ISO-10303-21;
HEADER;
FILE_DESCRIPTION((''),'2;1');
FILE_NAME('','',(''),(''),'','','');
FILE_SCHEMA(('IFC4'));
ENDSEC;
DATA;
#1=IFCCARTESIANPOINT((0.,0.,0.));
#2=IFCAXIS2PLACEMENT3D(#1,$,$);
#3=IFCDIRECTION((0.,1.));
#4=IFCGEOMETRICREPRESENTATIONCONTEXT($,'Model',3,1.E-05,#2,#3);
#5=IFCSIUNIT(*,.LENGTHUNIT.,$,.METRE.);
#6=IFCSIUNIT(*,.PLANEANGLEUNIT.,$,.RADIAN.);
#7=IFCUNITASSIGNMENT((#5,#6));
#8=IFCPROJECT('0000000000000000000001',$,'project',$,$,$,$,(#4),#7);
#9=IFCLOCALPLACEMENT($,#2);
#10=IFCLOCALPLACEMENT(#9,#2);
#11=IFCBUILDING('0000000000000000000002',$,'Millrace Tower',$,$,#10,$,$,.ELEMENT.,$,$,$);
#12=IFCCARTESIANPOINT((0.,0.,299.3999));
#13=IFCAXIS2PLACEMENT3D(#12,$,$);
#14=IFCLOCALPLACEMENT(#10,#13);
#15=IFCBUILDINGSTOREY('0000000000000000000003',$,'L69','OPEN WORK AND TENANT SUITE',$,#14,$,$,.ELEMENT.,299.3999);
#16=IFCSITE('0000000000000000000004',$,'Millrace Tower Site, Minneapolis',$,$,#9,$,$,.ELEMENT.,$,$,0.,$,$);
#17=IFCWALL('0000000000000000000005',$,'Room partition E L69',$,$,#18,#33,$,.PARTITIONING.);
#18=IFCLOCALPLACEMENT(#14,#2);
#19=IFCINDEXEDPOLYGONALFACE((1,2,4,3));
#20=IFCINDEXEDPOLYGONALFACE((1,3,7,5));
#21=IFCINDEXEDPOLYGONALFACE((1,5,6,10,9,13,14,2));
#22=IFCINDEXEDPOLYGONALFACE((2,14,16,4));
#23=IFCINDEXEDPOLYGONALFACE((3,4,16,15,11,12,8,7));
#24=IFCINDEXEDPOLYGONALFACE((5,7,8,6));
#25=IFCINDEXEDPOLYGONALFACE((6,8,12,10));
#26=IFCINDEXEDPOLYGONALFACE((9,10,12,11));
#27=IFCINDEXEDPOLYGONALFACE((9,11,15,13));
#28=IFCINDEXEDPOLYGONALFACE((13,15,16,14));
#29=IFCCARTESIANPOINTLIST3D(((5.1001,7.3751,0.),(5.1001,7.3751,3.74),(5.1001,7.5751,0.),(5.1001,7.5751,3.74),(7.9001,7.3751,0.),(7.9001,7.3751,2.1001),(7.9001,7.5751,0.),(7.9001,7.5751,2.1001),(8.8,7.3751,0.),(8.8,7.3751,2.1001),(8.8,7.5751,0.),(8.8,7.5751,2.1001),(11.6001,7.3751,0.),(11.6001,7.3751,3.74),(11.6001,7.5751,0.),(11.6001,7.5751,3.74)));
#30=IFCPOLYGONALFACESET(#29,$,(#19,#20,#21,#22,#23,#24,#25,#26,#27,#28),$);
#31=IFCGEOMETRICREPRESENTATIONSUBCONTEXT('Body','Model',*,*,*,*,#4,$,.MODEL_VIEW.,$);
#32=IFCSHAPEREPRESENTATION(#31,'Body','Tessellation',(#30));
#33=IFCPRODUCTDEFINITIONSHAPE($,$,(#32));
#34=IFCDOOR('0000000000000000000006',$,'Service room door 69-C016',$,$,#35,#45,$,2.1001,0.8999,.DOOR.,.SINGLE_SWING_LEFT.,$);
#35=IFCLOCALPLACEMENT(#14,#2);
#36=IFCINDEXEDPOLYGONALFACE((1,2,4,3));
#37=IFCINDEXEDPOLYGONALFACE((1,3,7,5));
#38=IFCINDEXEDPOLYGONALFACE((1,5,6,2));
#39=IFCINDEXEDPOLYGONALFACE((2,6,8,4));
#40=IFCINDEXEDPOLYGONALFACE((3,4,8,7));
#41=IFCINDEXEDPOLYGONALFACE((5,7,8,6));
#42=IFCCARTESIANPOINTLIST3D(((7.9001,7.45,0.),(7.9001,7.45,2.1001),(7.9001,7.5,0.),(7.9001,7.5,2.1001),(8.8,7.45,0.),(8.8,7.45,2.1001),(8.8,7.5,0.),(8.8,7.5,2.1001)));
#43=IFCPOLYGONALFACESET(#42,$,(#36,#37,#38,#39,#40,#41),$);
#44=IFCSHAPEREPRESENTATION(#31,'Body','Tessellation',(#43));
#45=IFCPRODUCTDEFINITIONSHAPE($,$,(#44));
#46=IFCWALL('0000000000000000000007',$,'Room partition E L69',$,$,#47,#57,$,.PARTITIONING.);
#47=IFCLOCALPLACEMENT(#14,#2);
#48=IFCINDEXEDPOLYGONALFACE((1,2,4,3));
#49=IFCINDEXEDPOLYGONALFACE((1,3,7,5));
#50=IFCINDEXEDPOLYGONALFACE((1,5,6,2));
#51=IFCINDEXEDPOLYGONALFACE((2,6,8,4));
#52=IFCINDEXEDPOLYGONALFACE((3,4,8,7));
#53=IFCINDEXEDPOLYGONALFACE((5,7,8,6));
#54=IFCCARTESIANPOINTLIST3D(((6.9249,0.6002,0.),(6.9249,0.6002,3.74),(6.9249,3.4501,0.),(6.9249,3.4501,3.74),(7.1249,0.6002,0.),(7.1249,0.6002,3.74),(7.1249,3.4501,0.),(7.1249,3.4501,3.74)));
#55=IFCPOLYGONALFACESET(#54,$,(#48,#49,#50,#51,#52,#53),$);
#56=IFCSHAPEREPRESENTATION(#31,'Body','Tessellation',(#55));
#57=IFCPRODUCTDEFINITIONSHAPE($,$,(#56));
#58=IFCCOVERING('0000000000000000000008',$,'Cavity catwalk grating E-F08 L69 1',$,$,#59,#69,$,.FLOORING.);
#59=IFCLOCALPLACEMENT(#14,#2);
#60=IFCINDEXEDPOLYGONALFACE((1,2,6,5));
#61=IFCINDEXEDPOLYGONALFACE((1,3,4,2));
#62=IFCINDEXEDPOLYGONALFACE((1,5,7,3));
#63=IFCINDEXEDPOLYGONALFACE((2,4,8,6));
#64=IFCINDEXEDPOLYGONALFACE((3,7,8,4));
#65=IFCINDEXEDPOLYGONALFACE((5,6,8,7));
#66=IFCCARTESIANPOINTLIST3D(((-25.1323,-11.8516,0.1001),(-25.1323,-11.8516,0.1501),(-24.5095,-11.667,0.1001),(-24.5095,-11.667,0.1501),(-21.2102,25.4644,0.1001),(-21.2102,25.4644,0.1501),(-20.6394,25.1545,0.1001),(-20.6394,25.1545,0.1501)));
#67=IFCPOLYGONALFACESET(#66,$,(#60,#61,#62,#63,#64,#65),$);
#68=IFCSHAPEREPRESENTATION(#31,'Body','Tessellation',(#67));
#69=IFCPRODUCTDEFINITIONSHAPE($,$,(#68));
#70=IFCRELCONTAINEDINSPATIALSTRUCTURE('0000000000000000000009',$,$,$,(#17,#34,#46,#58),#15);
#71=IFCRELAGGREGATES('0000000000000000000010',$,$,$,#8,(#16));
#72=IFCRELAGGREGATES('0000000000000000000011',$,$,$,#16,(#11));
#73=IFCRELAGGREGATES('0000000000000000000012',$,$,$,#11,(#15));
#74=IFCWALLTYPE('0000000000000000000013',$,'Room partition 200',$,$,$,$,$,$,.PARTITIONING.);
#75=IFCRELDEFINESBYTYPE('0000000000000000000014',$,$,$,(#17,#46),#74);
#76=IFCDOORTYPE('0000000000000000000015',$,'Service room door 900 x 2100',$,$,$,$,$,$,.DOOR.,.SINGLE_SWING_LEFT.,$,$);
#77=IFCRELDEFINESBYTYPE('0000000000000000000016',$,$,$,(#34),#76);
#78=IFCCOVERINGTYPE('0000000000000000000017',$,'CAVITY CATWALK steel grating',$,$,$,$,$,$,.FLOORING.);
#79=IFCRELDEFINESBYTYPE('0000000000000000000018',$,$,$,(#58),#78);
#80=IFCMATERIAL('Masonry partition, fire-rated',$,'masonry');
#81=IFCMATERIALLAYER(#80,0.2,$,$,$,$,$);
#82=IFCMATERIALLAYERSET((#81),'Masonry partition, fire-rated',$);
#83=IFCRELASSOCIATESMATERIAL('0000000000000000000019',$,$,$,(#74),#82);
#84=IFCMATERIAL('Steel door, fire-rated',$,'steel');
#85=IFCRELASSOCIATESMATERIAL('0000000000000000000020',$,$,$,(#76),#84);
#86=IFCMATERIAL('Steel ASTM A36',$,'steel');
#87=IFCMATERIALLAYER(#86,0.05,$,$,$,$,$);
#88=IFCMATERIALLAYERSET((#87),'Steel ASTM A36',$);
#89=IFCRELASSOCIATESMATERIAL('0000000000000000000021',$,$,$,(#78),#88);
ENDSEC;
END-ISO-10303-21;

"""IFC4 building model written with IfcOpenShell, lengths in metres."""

from ifc_helpers import new_model, si_unit, direction, frame, frame_2d, origin, place, context, subcontext, project, spatial, polyline, rectangle, outline, extrude, material, layer, layer_set, type_object, element, fill, save


model = new_model("IFC4")

# Units and contexts
model_context = context("Model", 3, precision=1e-05, world=origin(), true_north=direction((0.0, 1.0)))
body_context = subcontext(model_context, "Body", "Model", "MODEL_VIEW")
ifc_project = project(units=[si_unit("LENGTHUNIT", "METRE"), si_unit("PLANEANGLEUNIT", "RADIAN")], contexts=[model_context])

# Site, building, storey
site_placement = place(None, origin())
site = spatial("IfcSite", under=ifc_project, at=site_placement, Name="Millrace Tower Site, Minneapolis", CompositionType="ELEMENT", RefElevation=0.0)
building_placement = place(site_placement, origin())
building = spatial("IfcBuilding", under=site, at=building_placement, Name="Millrace Tower", CompositionType="ELEMENT")
storey_placement = place(building_placement, frame((0.0, 0.0, 299.3999)))
storey = spatial("IfcBuildingStorey", under=building, at=storey_placement, Name="L69", Description="OPEN WORK AND TENANT SUITE", CompositionType="ELEMENT", Elevation=299.3999)

# Wall, opening, door
ifc_material_1 = material(Name="Masonry partition, fire-rated", Category="masonry")
ifc_layer_1 = layer(ifc_material_1, 0.2)
ifc_layer_set_1 = layer_set([ifc_layer_1], Name="Masonry partition, fire-rated")
wall_type_1 = type_object("IfcWallType", Name="Room partition 200", PredefinedType="PARTITIONING", material=ifc_layer_set_1)
wall_1_placement = place(storey_placement, frame((11.6001, 7.4751, 0.0), z_axis=(0.0, 0.0, 1.0), x_axis=(-1.0, 0.0, 0.0)))
wall_1 = element("IfcWall", 1, at=wall_1_placement, inside=storey, type_object=wall_type_1, Name="Room partition E L69", PredefinedType="PARTITIONING", context=body_context, shape_type="SweptSolid", body=[
    extrude(rectangle(XDim=6.5, YDim=0.2, at=frame_2d((3.25, 0.0))), origin(), (0.0, 0.0, 1.0), 3.74),
])
opening_1_placement = place(wall_1_placement, frame((2.8, 0.0, 0.0)))
opening_1 = element("IfcOpeningElement", 2, at=opening_1_placement, cuts=wall_1, PredefinedType="OPENING", context=body_context, shape_type="SweptSolid", body=[
    extrude(rectangle(XDim=0.8999, YDim=2.1001, at=frame_2d((0.45, 1.05))), frame((0.0, 0.1099, 0.0), z_axis=(0.0, -1.0, 0.0), x_axis=(1.0, 0.0, 0.0)), (0.0, 0.0, 1.0), 0.22),
])
ifc_material_2 = material(Name="Steel door, fire-rated", Category="steel")
door_type_1 = type_object("IfcDoorType", Name="Service room door 900 x 2100", OperationType="SINGLE_SWING_LEFT", PredefinedType="DOOR", material=ifc_material_2)
door_1_placement = place(opening_1_placement, frame((0.8999, 0.0, 0.0), z_axis=(0.0, 0.0, 1.0), x_axis=(-1.0, 0.0, 0.0)))
door_1 = element("IfcDoor", 3, at=door_1_placement, inside=storey, type_object=door_type_1, Name="Service room door 69-C016", OperationType="SINGLE_SWING_LEFT", OverallHeight=2.1001, OverallWidth=0.8999, PredefinedType="DOOR", context=body_context, shape_type="SweptSolid", body=[
    extrude(rectangle(XDim=0.8999, YDim=2.1001, at=frame_2d((0.45, 1.05))), frame((0.0, 0.0249, 0.0), z_axis=(0.0, -1.0, 0.0), x_axis=(1.0, 0.0, 0.0)), (0.0, 0.0, 1.0), 0.05),
])
fill(opening_1, door_1)

# Wall
wall_2_placement = place(storey_placement, frame((7.0249, 3.45, 0.0), z_axis=(0.0, 0.0, 1.0), x_axis=(0.0, -1.0, 0.0)))
element("IfcWall", 4, at=wall_2_placement, inside=storey, type_object=wall_type_1, Name="Room partition E L69", PredefinedType="PARTITIONING", context=body_context, shape_type="SweptSolid", body=[
    extrude(rectangle(XDim=2.8499, YDim=0.2, at=frame_2d((1.4248, 0.0))), origin(), (0.0, 0.0, 1.0), 3.74),
])

# Covering
ifc_material_3 = material(Name="Steel ASTM A36", Category="steel")
ifc_layer_2 = layer(ifc_material_3, 0.05)
ifc_layer_set_2 = layer_set([ifc_layer_2], Name="Steel ASTM A36")
covering_type = type_object("IfcCoveringType", Name="CAVITY CATWALK steel grating", PredefinedType="FLOORING", material=ifc_layer_set_2)
covering_placement = place(storey_placement, frame((0.0, 0.0, 0.1001)))
element("IfcCovering", 5, at=covering_placement, inside=storey, type_object=covering_type, Name="Cavity catwalk grating E-F08 L69 1", PredefinedType="FLOORING", context=body_context, shape_type="SweptSolid", body=[
    extrude(outline(polyline([(-21.2102, 25.4644), (-25.1323, -11.8516), (-24.5095, -11.667), (-20.6394, 25.1545), (-21.2102, 25.4644)])), origin(), (0.0, 0.0, 1.0), 0.05),
])

save(model, "model.ifc")
